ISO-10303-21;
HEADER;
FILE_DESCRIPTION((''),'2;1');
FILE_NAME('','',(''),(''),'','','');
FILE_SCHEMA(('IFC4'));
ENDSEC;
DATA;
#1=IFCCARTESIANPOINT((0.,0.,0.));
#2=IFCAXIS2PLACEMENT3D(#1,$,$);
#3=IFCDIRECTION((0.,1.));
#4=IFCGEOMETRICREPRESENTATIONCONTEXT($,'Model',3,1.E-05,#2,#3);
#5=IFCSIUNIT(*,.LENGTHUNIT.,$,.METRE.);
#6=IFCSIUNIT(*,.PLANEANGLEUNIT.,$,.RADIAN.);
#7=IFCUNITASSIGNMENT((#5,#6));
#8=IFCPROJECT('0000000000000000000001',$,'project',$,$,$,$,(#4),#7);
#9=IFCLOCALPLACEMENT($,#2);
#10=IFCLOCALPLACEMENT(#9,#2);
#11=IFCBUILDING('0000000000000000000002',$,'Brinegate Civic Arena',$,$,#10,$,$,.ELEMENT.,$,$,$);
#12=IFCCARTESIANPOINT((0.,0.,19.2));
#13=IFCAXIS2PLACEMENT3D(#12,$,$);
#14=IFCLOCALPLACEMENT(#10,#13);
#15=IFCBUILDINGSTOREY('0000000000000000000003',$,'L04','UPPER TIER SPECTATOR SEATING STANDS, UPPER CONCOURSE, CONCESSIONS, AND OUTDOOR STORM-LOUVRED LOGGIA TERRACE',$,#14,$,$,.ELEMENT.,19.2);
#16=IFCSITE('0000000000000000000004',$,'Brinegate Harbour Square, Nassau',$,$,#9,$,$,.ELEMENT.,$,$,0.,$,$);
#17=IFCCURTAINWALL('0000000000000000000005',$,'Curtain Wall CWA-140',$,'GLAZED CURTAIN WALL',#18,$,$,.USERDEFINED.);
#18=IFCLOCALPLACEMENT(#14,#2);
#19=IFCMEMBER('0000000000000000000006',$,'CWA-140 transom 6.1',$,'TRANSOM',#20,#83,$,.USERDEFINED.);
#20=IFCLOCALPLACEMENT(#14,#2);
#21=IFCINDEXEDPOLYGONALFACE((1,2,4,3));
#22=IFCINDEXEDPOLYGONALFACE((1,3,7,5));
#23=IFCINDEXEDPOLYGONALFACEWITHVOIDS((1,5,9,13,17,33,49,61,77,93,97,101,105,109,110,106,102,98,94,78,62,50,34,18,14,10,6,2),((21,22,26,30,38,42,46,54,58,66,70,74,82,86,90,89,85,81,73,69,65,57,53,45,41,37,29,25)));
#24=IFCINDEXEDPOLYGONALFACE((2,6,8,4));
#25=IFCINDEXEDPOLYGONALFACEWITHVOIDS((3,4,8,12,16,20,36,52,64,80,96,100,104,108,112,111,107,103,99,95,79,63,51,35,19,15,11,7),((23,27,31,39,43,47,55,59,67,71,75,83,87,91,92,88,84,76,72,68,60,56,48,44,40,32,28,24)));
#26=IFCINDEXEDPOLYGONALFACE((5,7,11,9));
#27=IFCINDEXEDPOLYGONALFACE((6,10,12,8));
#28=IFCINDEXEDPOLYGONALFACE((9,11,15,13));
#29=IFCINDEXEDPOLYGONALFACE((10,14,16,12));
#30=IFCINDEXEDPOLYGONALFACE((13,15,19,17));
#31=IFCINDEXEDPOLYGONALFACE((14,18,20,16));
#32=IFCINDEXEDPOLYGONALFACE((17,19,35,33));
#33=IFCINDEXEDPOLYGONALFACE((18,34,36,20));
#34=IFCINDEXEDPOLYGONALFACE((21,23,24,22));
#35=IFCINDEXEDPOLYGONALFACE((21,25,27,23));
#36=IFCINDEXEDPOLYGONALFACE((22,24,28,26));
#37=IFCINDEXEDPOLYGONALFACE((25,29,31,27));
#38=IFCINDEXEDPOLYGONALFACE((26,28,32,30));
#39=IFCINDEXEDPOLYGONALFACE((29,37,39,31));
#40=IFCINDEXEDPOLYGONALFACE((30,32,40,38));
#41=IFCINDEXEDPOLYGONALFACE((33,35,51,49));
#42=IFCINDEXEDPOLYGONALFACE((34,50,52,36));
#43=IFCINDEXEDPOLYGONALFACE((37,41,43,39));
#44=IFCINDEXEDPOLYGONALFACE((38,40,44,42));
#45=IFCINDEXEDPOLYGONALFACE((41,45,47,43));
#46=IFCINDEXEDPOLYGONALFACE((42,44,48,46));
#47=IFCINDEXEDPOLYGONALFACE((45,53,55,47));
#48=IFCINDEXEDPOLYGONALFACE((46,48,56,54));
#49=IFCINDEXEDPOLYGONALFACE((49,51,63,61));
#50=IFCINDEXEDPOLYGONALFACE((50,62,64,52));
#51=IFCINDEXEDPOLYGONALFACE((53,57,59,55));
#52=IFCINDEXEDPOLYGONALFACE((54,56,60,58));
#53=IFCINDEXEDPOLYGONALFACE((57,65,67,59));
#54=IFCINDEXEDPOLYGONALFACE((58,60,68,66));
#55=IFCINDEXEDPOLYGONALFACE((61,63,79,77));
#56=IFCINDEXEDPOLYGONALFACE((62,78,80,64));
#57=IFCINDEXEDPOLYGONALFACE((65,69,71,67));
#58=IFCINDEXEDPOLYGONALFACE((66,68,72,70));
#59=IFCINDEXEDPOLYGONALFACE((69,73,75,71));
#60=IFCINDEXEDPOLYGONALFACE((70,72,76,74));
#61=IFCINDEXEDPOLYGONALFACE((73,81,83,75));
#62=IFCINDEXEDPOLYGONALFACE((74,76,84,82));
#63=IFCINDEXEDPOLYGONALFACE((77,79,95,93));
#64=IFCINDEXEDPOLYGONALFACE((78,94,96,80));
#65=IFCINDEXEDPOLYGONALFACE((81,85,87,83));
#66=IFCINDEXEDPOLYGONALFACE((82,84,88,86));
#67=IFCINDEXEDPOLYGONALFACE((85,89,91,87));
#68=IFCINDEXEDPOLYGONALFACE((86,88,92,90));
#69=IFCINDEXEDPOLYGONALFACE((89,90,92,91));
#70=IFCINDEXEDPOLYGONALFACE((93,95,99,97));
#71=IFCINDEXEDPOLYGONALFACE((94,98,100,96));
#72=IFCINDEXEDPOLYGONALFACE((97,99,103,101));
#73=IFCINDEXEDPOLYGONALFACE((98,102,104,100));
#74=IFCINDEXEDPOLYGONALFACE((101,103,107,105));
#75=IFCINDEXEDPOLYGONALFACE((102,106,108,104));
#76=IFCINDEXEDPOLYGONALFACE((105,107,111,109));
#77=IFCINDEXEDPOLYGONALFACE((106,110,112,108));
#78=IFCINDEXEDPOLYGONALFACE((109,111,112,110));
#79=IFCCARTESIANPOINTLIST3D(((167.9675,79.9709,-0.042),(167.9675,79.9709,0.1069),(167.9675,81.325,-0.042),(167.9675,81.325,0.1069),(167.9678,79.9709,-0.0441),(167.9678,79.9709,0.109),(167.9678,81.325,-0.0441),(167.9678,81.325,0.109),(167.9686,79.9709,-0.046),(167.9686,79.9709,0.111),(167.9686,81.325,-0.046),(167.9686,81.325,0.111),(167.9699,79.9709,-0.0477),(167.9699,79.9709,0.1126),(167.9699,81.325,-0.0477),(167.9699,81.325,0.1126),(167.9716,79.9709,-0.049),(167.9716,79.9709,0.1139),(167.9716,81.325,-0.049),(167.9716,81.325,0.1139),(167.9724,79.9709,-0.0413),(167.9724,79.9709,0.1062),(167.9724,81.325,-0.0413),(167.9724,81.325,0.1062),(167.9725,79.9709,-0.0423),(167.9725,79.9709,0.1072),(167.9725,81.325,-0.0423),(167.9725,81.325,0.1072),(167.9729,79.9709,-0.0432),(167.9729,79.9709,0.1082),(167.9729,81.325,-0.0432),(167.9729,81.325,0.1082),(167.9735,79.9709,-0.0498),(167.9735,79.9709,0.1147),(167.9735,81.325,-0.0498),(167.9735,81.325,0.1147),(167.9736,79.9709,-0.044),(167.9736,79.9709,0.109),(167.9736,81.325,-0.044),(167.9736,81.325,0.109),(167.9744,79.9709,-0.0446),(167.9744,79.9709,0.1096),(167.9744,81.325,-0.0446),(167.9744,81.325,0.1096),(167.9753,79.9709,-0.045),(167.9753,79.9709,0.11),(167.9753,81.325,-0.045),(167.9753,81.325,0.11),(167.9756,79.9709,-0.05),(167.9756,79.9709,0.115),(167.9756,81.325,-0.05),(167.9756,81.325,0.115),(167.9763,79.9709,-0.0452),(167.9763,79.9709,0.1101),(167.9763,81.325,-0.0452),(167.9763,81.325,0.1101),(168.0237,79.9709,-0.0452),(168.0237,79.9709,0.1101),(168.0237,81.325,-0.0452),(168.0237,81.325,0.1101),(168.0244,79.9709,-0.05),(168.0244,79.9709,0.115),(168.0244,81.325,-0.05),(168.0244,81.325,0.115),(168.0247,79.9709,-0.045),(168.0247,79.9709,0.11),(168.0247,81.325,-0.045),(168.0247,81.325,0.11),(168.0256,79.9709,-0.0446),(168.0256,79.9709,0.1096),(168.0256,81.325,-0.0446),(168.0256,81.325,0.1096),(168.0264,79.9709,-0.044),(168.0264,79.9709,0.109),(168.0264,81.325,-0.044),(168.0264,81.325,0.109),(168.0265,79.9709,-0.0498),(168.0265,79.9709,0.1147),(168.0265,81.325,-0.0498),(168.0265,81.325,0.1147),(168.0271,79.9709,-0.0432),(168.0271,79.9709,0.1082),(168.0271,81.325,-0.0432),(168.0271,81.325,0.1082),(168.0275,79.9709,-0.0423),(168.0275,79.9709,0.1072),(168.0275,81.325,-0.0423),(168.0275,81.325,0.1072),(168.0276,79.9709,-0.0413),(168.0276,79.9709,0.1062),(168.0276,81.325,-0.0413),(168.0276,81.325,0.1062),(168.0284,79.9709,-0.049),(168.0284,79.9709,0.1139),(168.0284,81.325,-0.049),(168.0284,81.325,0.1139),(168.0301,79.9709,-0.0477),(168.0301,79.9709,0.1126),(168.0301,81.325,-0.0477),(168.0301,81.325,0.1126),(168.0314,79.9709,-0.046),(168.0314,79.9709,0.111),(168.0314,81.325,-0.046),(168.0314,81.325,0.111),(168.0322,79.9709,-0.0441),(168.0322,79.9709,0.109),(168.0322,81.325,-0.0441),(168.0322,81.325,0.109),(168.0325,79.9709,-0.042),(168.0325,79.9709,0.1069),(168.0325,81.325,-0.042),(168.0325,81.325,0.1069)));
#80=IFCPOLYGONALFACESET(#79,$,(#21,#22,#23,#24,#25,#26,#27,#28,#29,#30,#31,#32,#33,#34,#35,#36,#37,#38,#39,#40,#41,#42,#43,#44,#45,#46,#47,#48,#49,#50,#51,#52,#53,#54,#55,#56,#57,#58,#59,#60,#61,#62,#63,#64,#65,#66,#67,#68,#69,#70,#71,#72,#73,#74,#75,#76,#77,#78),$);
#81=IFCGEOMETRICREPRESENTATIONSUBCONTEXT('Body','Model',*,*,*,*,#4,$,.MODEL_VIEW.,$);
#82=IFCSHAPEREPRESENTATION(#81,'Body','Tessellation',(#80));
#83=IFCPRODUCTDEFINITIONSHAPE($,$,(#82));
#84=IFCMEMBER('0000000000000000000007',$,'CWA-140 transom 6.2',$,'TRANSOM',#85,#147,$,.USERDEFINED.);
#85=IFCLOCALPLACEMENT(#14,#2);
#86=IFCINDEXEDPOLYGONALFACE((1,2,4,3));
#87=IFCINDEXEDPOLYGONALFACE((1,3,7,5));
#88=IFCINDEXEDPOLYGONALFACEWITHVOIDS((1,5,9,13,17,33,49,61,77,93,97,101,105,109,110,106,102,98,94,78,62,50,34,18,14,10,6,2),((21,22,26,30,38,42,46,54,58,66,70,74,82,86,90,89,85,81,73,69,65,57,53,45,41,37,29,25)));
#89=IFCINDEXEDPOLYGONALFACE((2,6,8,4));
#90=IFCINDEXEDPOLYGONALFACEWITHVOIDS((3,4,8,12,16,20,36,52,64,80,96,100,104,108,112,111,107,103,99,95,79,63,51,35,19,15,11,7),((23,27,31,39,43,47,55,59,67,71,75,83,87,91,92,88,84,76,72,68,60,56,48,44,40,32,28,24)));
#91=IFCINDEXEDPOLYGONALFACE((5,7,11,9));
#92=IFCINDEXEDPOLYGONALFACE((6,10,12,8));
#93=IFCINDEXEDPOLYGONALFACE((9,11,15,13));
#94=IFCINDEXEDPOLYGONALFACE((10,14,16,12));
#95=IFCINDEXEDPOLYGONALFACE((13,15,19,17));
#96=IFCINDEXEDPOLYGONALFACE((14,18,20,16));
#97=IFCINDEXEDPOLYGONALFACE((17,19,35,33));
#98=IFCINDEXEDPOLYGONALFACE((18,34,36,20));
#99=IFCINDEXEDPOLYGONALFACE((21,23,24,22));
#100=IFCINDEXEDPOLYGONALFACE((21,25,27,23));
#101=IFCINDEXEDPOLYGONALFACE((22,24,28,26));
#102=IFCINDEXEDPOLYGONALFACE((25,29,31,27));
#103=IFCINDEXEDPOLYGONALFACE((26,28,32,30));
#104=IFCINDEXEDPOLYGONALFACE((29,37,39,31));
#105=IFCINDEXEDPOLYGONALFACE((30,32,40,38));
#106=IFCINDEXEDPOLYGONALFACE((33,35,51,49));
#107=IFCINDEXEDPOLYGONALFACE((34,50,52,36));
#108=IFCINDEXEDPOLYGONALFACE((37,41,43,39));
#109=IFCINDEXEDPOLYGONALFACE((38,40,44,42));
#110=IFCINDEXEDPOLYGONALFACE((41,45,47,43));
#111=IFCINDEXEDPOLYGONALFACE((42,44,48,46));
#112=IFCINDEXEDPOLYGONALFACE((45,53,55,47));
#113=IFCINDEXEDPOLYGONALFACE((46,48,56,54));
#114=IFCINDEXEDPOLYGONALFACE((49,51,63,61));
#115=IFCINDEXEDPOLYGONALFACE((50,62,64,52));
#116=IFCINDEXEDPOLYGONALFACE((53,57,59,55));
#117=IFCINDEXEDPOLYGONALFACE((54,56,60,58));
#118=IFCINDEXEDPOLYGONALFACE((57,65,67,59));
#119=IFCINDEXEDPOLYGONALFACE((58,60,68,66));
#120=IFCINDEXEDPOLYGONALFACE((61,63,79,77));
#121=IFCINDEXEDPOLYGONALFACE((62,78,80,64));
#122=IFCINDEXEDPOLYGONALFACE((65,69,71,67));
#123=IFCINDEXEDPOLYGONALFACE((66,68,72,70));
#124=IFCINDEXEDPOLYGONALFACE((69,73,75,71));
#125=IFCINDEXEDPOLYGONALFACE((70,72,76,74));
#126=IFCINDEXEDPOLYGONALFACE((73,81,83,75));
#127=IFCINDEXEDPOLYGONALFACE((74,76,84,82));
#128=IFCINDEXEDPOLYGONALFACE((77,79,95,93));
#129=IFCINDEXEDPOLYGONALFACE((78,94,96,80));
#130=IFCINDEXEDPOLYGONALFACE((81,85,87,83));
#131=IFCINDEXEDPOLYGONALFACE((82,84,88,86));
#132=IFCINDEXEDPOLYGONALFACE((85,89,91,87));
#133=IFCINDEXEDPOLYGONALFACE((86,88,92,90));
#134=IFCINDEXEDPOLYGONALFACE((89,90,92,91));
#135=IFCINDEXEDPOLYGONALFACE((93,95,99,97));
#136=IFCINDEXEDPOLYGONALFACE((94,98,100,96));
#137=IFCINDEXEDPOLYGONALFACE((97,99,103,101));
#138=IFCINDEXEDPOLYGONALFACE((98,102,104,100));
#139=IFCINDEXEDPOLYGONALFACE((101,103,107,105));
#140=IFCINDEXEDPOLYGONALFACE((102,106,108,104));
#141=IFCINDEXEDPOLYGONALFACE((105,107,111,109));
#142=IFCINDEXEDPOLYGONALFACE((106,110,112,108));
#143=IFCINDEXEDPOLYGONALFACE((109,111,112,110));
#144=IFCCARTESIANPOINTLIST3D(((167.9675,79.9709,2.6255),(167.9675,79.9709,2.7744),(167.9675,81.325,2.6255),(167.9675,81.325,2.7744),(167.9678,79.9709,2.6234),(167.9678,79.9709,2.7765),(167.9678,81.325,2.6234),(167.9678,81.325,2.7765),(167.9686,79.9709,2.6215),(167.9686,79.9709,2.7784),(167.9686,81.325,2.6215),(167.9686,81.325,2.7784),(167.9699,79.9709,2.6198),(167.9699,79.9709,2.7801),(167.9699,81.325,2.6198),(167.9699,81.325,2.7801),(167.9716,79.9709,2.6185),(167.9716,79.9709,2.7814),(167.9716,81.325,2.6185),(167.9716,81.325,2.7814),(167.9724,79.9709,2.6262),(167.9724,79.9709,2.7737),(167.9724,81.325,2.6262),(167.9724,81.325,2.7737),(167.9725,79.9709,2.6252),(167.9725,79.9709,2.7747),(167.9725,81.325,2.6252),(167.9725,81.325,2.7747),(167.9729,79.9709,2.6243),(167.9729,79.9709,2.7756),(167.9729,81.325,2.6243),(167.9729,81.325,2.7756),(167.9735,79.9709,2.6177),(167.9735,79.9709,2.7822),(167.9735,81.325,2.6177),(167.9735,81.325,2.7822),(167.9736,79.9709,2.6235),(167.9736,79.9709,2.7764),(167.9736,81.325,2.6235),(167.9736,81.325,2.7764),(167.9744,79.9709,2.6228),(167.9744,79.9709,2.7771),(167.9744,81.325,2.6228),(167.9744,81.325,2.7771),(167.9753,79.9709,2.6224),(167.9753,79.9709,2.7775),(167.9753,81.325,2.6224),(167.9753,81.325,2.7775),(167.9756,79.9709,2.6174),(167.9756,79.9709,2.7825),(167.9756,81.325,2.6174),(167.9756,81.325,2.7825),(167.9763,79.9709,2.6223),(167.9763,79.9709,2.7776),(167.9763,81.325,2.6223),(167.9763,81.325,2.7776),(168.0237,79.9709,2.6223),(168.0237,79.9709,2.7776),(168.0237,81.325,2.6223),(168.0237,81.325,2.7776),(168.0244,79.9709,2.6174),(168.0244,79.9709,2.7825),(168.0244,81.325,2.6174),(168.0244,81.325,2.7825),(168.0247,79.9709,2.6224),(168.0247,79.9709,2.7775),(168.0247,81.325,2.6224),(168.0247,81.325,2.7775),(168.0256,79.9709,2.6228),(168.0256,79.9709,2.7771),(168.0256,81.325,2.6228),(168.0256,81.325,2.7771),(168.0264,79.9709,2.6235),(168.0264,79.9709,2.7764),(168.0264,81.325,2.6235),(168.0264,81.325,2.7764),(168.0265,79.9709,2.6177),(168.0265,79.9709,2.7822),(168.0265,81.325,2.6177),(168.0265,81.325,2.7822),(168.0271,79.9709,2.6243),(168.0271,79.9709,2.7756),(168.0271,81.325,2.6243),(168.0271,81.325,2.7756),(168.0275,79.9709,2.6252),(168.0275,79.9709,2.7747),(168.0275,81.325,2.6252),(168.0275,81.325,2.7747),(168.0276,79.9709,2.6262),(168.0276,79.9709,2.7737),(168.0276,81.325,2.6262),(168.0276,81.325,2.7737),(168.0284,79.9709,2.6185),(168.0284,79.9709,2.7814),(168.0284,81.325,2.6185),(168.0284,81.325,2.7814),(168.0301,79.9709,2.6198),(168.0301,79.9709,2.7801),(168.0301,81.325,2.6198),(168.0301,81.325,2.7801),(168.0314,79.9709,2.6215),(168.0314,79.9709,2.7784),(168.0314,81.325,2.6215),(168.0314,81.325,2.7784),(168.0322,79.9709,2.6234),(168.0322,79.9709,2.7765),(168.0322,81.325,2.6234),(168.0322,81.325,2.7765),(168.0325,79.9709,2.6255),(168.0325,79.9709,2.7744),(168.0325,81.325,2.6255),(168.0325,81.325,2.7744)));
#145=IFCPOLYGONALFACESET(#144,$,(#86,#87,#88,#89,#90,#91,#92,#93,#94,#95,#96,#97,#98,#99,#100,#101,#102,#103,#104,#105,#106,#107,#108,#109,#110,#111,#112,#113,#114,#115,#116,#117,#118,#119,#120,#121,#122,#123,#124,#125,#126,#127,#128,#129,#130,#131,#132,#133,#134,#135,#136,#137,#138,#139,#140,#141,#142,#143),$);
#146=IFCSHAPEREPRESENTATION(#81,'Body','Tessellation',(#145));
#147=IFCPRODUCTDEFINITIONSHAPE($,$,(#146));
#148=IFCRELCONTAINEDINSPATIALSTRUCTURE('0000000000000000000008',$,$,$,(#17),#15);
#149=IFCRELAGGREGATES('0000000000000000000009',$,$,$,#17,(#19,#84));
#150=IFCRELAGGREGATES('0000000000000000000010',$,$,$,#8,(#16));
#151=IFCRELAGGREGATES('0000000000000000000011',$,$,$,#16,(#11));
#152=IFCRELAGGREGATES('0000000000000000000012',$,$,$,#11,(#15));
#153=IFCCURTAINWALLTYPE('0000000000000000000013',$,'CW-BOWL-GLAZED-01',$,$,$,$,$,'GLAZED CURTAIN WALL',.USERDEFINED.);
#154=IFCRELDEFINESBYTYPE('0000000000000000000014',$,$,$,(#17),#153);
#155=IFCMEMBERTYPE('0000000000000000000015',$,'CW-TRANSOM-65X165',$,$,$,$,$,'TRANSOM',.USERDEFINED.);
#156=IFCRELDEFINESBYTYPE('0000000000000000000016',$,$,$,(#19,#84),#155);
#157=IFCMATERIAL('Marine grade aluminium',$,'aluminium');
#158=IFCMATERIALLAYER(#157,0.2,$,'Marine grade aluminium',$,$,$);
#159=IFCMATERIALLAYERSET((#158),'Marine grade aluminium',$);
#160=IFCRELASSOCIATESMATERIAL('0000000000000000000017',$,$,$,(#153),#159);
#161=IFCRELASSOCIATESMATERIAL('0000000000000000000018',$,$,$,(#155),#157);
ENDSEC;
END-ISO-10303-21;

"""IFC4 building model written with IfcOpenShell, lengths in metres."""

from ifc_helpers import new_model, si_unit, direction, frame, origin, origin_2d, place, context, subcontext, project, spatial, hollow_rectangle, extrude, material, layer, layer_set, material_profile, profile_set, type_object, element, aggregate, save


model = new_model("IFC4")

# Units and contexts
model_context = context("Model", 3, precision=1e-05, world=origin(), true_north=direction((0.0, 1.0)))
body_context = subcontext(model_context, "Body", "Model", "MODEL_VIEW")
ifc_project = project(units=[si_unit("LENGTHUNIT", "METRE"), si_unit("PLANEANGLEUNIT", "RADIAN")], contexts=[model_context])

# Site, building, storey
site_placement = place(None, origin())
site = spatial("IfcSite", under=ifc_project, at=site_placement, Name="Brinegate Harbour Square, Nassau", CompositionType="ELEMENT", RefElevation=0.0)
building_placement = place(site_placement, origin())
building = spatial("IfcBuilding", under=site, at=building_placement, Name="Brinegate Civic Arena", CompositionType="ELEMENT")
storey_placement = place(building_placement, frame((0.0, 0.0, 19.2)))
storey = spatial("IfcBuildingStorey", under=building, at=storey_placement, Name="L04", Description="UPPER TIER SPECTATOR SEATING STANDS, UPPER CONCOURSE, CONCESSIONS, AND OUTDOOR STORM-LOUVRED LOGGIA TERRACE", CompositionType="ELEMENT", Elevation=19.2)

# Curtain wall, members
ifc_material_1 = material(Name="Marine grade aluminium", Category="aluminium")
ifc_layer_1 = layer(ifc_material_1, 0.2, Name="Marine grade aluminium")
ifc_layer_set_1 = layer_set([ifc_layer_1], Name="Marine grade aluminium")
curtain_wall_type = type_object("IfcCurtainWallType", Name="CW-BOWL-GLAZED-01", ElementType="GLAZED CURTAIN WALL", PredefinedType="USERDEFINED", material=ifc_layer_set_1)
curtain_wall_placement = place(storey_placement, origin())
curtain_wall = element("IfcCurtainWall", 1, at=curtain_wall_placement, inside=storey, type_object=curtain_wall_type, Name="Curtain Wall CWA-140", ObjectType="GLAZED CURTAIN WALL", PredefinedType="USERDEFINED")
ifc_material_profile_1 = material_profile(ifc_material_1, hollow_rectangle(XDim=0.0649, YDim=0.165, WallThickness=0.0049, InnerFilletRadius=0.0039, OuterFilletRadius=0.0081, at=origin_2d()), Name="TRN65X165")
ifc_profile_set_1 = profile_set([ifc_material_profile_1], Name="Marine grade aluminium")
member_type_1 = type_object("IfcMemberType", Name="CW-TRANSOM-65X165", ElementType="TRANSOM", PredefinedType="USERDEFINED", material=ifc_profile_set_1)
member_1_placement = place(storey_placement, frame((168.0, 79.9709, 0.0325), z_axis=(0.0, 1.0, 0.0), x_axis=(-1.0, 0.0, 0.0)))
member_1 = element("IfcMember", 2, at=member_1_placement, type_object=member_type_1, Name="CWA-140 transom 6.1", ObjectType="TRANSOM", PredefinedType="USERDEFINED", context=body_context, shape_type="SweptSolid", body=[
    extrude(hollow_rectangle(XDim=0.0649, YDim=0.165, WallThickness=0.0049, InnerFilletRadius=0.0039, OuterFilletRadius=0.0081, at=origin_2d()), origin(), (0.0, 0.0, 1.0), 1.354),
])
member_2_placement = place(storey_placement, frame((168.0, 79.9709, 2.7), z_axis=(0.0, 1.0, 0.0), x_axis=(-1.0, 0.0, 0.0)))
member_2 = element("IfcMember", 3, at=member_2_placement, type_object=member_type_1, Name="CWA-140 transom 6.2", ObjectType="TRANSOM", PredefinedType="USERDEFINED", context=body_context, shape_type="SweptSolid", body=[
    extrude(hollow_rectangle(XDim=0.0649, YDim=0.165, WallThickness=0.0049, InnerFilletRadius=0.0039, OuterFilletRadius=0.0081, at=origin_2d()), origin(), (0.0, 0.0, 1.0), 1.354),
])
aggregate(curtain_wall, [member_1, member_2])

save(model, "model.ifc")
